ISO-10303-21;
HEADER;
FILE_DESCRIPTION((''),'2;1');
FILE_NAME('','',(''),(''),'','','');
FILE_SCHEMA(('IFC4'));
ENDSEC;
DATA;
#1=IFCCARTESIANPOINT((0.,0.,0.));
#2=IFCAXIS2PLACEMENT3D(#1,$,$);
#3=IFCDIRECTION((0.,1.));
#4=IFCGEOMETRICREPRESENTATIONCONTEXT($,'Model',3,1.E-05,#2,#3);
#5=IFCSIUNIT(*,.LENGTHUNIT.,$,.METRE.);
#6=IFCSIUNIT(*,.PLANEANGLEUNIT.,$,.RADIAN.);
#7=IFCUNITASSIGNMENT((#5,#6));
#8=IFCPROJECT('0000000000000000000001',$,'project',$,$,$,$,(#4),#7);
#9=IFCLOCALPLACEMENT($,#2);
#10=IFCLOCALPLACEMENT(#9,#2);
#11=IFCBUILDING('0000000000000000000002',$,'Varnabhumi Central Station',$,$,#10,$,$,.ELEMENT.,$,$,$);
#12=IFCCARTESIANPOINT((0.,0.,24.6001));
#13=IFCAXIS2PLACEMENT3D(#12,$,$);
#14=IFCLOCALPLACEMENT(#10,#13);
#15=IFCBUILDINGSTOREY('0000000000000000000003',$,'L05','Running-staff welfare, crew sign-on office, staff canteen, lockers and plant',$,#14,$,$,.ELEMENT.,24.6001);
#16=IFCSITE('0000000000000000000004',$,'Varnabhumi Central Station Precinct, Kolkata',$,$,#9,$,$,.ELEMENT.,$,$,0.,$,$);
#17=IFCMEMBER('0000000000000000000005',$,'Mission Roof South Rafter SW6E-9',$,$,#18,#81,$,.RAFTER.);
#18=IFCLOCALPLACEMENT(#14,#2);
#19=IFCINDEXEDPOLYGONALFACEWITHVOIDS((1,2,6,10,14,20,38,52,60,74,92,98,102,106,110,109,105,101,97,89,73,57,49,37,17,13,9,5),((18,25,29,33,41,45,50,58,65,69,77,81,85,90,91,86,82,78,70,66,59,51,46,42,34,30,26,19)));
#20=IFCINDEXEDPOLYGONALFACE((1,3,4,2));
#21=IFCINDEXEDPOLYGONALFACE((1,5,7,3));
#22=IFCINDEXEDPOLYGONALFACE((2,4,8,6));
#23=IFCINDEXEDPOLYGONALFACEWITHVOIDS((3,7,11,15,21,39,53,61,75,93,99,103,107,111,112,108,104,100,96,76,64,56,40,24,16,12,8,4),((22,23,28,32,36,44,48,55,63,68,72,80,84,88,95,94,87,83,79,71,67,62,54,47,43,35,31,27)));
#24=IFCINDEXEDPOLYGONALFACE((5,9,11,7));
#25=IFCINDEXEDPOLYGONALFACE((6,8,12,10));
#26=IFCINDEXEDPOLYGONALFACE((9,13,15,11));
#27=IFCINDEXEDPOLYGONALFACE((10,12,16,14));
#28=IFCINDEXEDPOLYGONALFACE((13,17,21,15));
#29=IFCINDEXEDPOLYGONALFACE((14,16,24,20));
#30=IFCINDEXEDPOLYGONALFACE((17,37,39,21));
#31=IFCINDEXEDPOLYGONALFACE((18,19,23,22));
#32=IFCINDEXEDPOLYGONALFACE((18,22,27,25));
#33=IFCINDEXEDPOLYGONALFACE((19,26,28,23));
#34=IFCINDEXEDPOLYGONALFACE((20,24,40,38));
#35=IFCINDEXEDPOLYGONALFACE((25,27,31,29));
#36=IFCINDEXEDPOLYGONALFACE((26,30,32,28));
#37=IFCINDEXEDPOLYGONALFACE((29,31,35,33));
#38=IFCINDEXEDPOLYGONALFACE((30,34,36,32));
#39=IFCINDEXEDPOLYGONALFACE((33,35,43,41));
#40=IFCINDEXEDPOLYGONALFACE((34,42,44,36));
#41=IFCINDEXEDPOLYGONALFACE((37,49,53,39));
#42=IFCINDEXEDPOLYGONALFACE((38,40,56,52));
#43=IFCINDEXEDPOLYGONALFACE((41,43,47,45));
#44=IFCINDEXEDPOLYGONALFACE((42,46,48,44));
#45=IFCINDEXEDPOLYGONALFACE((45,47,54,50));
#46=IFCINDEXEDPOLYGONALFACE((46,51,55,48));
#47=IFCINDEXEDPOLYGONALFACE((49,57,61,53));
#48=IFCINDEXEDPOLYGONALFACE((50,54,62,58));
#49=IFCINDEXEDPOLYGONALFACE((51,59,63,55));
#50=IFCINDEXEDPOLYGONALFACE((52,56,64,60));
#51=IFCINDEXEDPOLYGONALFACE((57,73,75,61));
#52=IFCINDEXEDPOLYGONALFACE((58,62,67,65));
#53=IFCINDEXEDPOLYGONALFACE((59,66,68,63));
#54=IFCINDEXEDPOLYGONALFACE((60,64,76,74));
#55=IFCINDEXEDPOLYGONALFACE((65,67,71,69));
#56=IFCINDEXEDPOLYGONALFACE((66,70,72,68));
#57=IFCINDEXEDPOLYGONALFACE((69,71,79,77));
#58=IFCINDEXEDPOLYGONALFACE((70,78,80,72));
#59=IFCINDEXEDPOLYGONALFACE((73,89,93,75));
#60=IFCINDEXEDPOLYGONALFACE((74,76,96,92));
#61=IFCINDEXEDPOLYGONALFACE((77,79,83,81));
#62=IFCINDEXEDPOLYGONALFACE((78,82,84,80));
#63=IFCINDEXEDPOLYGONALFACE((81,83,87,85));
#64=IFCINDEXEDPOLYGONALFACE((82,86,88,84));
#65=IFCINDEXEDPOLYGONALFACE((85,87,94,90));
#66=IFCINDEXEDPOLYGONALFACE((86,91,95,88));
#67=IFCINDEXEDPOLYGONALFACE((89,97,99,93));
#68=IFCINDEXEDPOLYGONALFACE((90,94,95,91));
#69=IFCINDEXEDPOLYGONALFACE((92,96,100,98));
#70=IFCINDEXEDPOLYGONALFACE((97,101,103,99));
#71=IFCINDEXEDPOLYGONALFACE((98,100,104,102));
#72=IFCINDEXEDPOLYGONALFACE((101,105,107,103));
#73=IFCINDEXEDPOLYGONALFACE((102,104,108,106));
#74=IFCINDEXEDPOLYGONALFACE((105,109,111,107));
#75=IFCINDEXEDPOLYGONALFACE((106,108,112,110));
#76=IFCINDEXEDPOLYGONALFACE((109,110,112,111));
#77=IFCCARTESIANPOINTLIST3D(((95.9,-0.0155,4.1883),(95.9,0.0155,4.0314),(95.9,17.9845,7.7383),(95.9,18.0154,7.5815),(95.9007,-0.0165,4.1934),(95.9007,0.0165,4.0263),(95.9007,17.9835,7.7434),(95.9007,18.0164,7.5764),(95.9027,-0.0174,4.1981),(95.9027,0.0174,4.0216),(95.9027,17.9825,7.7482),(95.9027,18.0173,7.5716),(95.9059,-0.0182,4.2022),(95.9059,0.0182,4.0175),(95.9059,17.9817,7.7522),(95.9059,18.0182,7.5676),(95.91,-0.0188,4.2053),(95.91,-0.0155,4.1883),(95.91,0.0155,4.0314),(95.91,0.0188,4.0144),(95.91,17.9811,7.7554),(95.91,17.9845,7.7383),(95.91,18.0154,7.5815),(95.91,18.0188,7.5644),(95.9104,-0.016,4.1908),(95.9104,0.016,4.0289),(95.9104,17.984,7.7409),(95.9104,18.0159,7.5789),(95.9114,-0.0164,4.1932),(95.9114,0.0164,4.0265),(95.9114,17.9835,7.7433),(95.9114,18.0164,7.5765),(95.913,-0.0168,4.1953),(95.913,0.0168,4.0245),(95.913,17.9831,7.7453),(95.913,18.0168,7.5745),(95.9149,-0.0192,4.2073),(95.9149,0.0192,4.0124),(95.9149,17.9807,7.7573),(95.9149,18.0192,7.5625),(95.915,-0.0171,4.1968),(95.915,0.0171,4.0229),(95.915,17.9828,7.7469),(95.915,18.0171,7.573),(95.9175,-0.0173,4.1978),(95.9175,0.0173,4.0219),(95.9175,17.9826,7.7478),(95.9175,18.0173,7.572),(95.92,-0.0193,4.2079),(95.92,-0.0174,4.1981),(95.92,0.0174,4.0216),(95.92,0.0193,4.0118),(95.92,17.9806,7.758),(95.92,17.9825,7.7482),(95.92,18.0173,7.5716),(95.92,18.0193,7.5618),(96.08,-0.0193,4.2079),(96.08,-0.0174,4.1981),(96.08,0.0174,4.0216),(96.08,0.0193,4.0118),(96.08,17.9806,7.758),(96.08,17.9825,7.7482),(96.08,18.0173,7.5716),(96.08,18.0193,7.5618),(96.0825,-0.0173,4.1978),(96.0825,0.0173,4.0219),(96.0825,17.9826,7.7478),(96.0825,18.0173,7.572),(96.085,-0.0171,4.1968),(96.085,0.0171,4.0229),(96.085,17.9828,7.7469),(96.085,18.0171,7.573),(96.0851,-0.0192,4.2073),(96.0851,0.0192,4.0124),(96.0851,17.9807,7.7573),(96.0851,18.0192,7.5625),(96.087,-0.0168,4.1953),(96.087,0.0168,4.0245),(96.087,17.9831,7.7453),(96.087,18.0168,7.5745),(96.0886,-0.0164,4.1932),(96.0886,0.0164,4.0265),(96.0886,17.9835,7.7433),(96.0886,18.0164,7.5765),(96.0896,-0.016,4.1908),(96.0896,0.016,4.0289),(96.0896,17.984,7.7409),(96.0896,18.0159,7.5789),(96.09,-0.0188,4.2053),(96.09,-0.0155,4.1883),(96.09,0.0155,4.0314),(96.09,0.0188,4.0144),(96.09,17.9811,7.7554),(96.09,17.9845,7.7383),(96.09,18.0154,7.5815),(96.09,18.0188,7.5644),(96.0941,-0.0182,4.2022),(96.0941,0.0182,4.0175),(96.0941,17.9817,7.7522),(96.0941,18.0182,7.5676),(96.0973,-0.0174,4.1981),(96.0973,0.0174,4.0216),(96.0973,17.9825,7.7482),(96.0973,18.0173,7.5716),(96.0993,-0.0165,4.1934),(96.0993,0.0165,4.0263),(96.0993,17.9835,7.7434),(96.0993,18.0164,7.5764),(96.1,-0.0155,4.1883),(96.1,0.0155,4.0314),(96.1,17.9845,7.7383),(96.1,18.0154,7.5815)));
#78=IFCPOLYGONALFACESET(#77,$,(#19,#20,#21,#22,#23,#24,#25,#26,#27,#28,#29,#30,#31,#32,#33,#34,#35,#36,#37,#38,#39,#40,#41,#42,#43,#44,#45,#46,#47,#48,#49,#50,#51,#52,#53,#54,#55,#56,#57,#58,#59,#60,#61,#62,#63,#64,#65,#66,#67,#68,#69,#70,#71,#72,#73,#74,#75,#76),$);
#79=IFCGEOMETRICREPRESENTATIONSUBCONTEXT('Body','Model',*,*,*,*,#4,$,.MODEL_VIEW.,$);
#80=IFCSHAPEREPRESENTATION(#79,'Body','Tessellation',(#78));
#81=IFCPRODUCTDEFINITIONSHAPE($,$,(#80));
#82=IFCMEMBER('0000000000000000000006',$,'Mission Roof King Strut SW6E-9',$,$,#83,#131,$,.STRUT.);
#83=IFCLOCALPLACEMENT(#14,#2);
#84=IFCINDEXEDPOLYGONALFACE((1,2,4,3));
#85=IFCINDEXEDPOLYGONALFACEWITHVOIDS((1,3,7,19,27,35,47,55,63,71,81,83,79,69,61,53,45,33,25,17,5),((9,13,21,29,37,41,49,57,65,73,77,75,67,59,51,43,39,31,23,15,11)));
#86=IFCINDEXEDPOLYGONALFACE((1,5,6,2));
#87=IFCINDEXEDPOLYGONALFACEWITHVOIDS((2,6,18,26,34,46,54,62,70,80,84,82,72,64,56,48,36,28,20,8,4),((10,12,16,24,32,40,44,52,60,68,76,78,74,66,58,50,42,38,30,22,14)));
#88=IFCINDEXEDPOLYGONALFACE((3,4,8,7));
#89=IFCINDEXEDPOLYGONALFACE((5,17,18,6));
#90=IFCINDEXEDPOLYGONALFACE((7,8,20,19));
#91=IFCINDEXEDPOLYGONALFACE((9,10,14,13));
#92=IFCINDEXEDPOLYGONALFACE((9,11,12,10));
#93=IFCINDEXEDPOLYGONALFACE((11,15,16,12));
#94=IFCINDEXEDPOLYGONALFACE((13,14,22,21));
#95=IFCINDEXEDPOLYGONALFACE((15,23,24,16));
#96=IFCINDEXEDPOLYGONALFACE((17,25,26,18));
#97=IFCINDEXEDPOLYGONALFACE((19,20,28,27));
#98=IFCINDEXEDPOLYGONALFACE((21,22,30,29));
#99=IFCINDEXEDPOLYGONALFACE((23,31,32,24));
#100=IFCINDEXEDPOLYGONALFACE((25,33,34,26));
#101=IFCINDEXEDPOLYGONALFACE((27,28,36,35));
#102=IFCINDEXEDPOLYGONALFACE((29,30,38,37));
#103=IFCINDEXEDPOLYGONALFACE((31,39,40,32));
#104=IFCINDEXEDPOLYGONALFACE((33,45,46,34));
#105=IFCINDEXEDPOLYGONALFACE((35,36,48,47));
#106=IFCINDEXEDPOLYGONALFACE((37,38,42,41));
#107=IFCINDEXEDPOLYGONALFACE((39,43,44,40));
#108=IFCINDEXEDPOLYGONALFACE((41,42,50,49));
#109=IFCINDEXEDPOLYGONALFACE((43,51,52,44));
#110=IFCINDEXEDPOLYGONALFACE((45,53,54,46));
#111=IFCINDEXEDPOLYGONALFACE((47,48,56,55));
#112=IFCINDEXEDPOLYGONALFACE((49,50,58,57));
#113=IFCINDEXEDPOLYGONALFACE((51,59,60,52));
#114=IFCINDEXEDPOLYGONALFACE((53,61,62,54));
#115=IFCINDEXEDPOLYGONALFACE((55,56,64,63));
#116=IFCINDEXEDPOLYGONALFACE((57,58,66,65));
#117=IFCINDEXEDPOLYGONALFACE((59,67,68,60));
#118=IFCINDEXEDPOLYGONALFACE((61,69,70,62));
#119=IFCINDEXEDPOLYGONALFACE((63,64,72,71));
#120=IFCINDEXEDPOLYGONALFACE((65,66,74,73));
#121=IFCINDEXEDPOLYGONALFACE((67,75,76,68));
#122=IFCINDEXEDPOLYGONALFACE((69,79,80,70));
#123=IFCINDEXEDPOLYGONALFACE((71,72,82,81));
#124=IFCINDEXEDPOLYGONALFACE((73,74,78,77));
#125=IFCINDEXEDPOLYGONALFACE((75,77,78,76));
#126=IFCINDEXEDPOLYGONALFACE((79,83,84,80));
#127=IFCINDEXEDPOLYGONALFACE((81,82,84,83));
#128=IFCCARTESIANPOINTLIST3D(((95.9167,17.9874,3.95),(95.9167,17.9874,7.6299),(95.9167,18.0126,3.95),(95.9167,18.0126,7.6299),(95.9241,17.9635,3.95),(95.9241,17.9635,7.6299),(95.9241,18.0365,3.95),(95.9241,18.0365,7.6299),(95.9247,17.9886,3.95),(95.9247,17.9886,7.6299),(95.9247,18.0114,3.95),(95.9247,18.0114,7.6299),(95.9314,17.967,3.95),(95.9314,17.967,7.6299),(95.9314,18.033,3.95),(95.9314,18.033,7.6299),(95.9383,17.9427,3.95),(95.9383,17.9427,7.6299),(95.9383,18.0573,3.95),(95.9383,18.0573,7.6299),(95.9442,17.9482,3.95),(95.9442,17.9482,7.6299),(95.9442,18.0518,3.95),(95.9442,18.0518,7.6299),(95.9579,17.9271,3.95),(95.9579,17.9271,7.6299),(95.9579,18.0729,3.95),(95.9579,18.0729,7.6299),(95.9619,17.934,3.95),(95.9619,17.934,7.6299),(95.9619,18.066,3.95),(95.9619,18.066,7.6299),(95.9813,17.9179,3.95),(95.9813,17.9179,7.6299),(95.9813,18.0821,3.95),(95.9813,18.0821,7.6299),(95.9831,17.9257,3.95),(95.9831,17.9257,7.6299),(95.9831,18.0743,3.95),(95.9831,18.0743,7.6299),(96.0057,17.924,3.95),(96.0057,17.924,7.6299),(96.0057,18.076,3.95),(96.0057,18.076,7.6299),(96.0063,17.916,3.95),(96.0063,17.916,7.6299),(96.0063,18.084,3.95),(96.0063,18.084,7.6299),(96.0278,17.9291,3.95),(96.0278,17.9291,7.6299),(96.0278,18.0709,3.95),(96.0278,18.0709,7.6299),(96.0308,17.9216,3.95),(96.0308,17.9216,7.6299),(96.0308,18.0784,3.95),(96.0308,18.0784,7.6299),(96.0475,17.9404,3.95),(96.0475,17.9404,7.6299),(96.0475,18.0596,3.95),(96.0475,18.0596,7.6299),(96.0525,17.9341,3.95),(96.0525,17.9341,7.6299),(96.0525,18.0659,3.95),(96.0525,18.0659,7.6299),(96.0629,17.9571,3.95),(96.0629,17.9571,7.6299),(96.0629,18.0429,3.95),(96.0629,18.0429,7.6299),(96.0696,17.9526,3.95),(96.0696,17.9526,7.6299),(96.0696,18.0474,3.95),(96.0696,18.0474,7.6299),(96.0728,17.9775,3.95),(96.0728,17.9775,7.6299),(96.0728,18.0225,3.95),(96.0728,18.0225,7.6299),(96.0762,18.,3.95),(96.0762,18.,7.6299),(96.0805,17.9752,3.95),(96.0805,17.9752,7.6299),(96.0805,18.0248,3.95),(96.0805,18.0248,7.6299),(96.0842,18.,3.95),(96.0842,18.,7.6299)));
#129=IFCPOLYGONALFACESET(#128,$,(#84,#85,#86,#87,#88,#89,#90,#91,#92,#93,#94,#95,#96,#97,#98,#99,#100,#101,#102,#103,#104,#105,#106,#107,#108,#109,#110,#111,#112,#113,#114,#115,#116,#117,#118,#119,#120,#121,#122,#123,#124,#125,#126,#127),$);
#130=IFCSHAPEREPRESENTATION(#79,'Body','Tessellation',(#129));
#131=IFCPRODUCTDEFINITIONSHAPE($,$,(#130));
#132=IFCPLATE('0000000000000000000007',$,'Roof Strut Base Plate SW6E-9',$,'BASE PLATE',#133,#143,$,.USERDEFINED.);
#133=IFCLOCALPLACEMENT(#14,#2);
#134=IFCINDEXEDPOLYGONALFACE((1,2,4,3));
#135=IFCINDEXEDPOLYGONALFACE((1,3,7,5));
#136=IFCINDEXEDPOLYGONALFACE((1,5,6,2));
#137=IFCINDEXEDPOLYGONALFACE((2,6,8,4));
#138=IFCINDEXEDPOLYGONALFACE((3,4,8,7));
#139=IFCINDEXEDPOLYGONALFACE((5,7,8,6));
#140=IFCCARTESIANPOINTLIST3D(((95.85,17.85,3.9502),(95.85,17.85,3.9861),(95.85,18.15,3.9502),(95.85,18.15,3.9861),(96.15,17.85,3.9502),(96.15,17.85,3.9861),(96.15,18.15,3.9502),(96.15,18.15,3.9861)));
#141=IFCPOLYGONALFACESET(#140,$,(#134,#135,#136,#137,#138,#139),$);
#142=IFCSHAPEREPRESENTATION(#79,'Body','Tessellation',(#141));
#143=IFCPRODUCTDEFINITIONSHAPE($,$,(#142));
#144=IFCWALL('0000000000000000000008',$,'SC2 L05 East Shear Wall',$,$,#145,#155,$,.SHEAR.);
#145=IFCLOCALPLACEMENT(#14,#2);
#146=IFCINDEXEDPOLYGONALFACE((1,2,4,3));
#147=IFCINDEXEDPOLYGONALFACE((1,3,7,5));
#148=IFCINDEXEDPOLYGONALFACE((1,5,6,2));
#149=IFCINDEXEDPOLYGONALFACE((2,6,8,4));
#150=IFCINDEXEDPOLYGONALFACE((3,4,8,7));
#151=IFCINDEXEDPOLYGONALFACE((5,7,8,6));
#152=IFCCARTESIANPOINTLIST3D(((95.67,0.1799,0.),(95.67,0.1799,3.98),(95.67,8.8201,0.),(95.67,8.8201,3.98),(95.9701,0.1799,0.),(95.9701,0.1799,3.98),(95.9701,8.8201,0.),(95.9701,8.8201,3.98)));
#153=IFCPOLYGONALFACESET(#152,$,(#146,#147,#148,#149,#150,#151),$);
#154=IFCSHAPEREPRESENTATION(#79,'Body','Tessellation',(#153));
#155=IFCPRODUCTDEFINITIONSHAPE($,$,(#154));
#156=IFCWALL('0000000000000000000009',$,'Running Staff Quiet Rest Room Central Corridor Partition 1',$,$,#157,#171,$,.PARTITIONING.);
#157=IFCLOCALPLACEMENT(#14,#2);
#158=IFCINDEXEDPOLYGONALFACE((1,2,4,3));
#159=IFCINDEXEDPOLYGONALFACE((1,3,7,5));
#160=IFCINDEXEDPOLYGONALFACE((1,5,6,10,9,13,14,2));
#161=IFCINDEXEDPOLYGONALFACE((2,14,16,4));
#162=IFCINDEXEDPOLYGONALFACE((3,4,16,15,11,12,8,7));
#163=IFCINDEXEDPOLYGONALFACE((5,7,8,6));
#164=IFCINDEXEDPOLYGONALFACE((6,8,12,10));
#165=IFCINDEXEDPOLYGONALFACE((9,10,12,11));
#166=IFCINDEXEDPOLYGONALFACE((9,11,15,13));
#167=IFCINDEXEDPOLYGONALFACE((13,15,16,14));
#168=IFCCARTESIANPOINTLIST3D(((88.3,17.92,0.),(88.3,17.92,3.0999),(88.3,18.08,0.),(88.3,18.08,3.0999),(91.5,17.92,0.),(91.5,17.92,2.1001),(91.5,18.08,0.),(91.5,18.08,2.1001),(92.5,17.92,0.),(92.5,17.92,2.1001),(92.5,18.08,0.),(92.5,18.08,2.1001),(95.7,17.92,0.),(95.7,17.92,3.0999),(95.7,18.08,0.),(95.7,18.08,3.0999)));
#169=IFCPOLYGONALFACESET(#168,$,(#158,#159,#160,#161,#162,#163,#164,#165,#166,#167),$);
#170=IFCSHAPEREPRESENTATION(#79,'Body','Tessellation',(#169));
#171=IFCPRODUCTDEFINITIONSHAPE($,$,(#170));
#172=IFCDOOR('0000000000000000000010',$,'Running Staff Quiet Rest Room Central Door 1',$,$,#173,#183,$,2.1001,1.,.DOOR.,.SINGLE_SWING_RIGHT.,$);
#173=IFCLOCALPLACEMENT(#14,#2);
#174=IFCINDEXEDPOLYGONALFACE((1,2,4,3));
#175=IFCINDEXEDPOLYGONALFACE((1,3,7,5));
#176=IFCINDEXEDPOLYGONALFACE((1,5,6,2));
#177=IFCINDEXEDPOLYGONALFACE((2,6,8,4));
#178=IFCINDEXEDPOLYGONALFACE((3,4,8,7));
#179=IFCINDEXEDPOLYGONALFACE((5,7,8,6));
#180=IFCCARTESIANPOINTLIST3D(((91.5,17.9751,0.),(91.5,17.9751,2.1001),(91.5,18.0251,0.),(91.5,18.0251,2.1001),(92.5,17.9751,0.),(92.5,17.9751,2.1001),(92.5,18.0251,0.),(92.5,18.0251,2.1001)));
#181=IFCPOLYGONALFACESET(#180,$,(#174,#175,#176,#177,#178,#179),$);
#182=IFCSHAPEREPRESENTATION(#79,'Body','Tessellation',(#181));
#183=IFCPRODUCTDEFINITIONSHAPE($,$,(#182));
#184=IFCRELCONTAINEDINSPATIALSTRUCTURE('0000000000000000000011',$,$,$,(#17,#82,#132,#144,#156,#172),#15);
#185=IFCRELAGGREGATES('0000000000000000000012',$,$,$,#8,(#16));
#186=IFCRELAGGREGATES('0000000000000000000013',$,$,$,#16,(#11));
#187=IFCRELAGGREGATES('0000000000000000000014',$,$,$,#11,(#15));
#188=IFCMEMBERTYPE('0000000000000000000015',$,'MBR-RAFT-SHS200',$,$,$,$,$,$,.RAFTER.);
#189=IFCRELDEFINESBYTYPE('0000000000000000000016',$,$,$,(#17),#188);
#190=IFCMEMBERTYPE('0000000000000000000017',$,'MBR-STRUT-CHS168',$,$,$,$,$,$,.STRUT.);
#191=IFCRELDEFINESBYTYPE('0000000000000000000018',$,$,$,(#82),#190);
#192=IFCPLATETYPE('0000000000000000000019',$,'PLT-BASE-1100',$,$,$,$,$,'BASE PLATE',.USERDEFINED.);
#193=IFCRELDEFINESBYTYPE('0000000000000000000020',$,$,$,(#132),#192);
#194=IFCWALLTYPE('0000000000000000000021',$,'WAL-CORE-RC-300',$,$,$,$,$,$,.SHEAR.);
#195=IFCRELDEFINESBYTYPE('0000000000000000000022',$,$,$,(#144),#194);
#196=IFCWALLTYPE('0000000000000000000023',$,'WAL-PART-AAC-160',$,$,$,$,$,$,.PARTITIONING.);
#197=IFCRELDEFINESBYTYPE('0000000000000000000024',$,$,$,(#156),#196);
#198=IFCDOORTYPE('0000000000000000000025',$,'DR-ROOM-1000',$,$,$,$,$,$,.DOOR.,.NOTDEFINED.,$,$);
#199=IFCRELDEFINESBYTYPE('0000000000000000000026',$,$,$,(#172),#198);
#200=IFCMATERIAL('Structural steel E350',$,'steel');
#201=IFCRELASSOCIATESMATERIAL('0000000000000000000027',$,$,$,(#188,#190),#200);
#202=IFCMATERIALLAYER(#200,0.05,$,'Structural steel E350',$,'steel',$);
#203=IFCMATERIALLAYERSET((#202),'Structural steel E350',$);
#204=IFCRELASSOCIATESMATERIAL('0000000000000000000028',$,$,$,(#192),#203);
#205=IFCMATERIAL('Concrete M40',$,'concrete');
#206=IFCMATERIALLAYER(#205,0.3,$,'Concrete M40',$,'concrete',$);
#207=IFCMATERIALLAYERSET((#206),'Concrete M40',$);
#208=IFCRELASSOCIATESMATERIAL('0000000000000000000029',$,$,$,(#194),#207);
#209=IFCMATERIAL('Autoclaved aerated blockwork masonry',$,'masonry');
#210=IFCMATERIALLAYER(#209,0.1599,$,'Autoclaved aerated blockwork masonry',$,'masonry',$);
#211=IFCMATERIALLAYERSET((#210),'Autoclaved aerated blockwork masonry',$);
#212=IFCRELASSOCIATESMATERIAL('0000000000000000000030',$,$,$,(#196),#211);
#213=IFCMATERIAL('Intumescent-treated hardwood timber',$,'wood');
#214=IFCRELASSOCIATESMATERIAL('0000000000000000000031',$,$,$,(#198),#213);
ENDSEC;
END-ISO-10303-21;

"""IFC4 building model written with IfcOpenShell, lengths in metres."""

from ifc_helpers import new_model, si_unit, direction, frame, frame_2d, origin, origin_2d, place, context, subcontext, project, spatial, rectangle, hollow_rectangle, hollow_circle, extrude, material, layer, layer_set, material_profile, profile_set, type_object, element, fill, save


model = new_model("IFC4")

# Units and contexts
model_context = context("Model", 3, precision=1e-05, world=origin(), true_north=direction((0.0, 1.0)))
body_context = subcontext(model_context, "Body", "Model", "MODEL_VIEW")
ifc_project = project(units=[si_unit("LENGTHUNIT", "METRE"), si_unit("PLANEANGLEUNIT", "RADIAN")], contexts=[model_context])

# Site, building, storey
site_placement = place(None, origin())
site = spatial("IfcSite", under=ifc_project, at=site_placement, Name="Varnabhumi Central Station Precinct, Kolkata", CompositionType="ELEMENT", RefElevation=0.0)
building_placement = place(site_placement, origin())
building = spatial("IfcBuilding", under=site, at=building_placement, Name="Varnabhumi Central Station", CompositionType="ELEMENT")
storey_placement = place(building_placement, frame((0.0, 0.0, 24.6001)))
storey = spatial("IfcBuildingStorey", under=building, at=storey_placement, Name="L05", Description="Running-staff welfare, crew sign-on office, staff canteen, lockers and plant", CompositionType="ELEMENT", Elevation=24.6001)

# Shared definitions
ifc_material_1 = material(Name="Concrete M40", Category="concrete")
ifc_material_2 = material(Name="Structural steel E350", Category="steel")

# Members
ifc_material_profile_1 = material_profile(ifc_material_2, hollow_rectangle(XDim=0.2, YDim=0.2, WallThickness=0.01, InnerFilletRadius=0.01, OuterFilletRadius=0.02, at=origin_2d()), Name="Structural steel E350", Category="steel")
ifc_profile_set_1 = profile_set([ifc_material_profile_1], Name="Structural steel E350")
member_type_1 = type_object("IfcMemberType", Name="MBR-RAFT-SHS200", PredefinedType="RAFTER", material=ifc_profile_set_1)
member_1_placement = place(storey_placement, frame((96.0, 0.0, 4.1099), z_axis=(0.0, 0.981101, 0.193498), x_axis=(-1.0, 0.0, 0.0)))
element("IfcMember", 1, at=member_1_placement, inside=storey, type_object=member_type_1, Name="Mission Roof South Rafter SW6E-9", PredefinedType="RAFTER", context=body_context, shape_type="SweptSolid", body=[
    extrude(hollow_rectangle(XDim=0.2, YDim=0.2, WallThickness=0.01, InnerFilletRadius=0.01, OuterFilletRadius=0.02, at=origin_2d()), origin(), (0.0, 0.0, 1.0), 18.3467),
])
ifc_material_profile_2 = material_profile(ifc_material_2, hollow_circle(Radius=0.0842, WallThickness=0.0081, at=origin_2d()), Name="Structural steel E350", Category="steel")
ifc_profile_set_2 = profile_set([ifc_material_profile_2], Name="Structural steel E350")
member_type_2 = type_object("IfcMemberType", Name="MBR-STRUT-CHS168", PredefinedType="STRUT", material=ifc_profile_set_2)
member_2_placement = place(storey_placement, frame((96.0, 18.0, 3.95), z_axis=(0.0, 0.0, 1.0), x_axis=(1.0, 0.0, 0.0)))
element("IfcMember", 2, at=member_2_placement, inside=storey, type_object=member_type_2, Name="Mission Roof King Strut SW6E-9", PredefinedType="STRUT", context=body_context, shape_type="SweptSolid", body=[
    extrude(hollow_circle(Radius=0.0842, WallThickness=0.0081, at=origin_2d()), origin(), (0.0, 0.0, 1.0), 3.6799),
])

# Plate
ifc_layer_1 = layer(ifc_material_2, 0.05, Name="Structural steel E350", Category="steel")
ifc_layer_set_1 = layer_set([ifc_layer_1], Name="Structural steel E350")
plate_type = type_object("IfcPlateType", Name="PLT-BASE-1100", ElementType="BASE PLATE", PredefinedType="USERDEFINED", material=ifc_layer_set_1)
plate_placement = place(storey_placement, frame((96.0, 18.0, 3.9502), z_axis=(0.0, 0.0, 1.0), x_axis=(1.0, 0.0, 0.0)))
element("IfcPlate", 3, at=plate_placement, inside=storey, type_object=plate_type, Name="Roof Strut Base Plate SW6E-9", ObjectType="BASE PLATE", PredefinedType="USERDEFINED", context=body_context, shape_type="SweptSolid", body=[
    extrude(rectangle(XDim=0.3, YDim=0.3, at=origin_2d()), origin(), (0.0, 0.0, 1.0), 0.0359),
])

# Wall
ifc_layer_2 = layer(ifc_material_1, 0.3, Name="Concrete M40", Category="concrete")
ifc_layer_set_2 = layer_set([ifc_layer_2], Name="Concrete M40")
wall_type_1 = type_object("IfcWallType", Name="WAL-CORE-RC-300", PredefinedType="SHEAR", material=ifc_layer_set_2)
wall_1_placement = place(storey_placement, frame((95.8201, 0.1799, 0.0), z_axis=(0.0, 0.0, 1.0), x_axis=(0.0, 1.0, 0.0)))
element("IfcWall", 4, at=wall_1_placement, inside=storey, type_object=wall_type_1, Name="SC2 L05 East Shear Wall", PredefinedType="SHEAR", context=body_context, shape_type="SweptSolid", body=[
    extrude(rectangle(XDim=8.6401, YDim=0.3, at=frame_2d((4.3201, 0.0))), origin(), (0.0, 0.0, 1.0), 3.98),
])

# Wall, opening, door
ifc_material_3 = material(Name="Autoclaved aerated blockwork masonry", Category="masonry")
ifc_layer_3 = layer(ifc_material_3, 0.1599, Name="Autoclaved aerated blockwork masonry", Category="masonry")
ifc_layer_set_3 = layer_set([ifc_layer_3], Name="Autoclaved aerated blockwork masonry")
wall_type_2 = type_object("IfcWallType", Name="WAL-PART-AAC-160", PredefinedType="PARTITIONING", material=ifc_layer_set_3)
wall_2_placement = place(storey_placement, frame((88.3, 18.0, 0.0), z_axis=(0.0, 0.0, 1.0), x_axis=(1.0, 0.0, 0.0)))
wall_2 = element("IfcWall", 5, at=wall_2_placement, inside=storey, type_object=wall_type_2, Name="Running Staff Quiet Rest Room Central Corridor Partition 1", PredefinedType="PARTITIONING", context=body_context, shape_type="SweptSolid", body=[
    extrude(rectangle(XDim=7.3999, YDim=0.1599, at=frame_2d((3.7, 0.0))), origin(), (0.0, 0.0, 1.0), 3.0999),
])
opening_1_placement = place(wall_2_placement, frame((3.2, 0.0, 0.0)))
opening_1 = element("IfcOpeningElement", 6, at=opening_1_placement, cuts=wall_2, PredefinedType="OPENING", context=body_context, shape_type="SweptSolid", body=[
    extrude(rectangle(XDim=1.0, YDim=2.1001, at=frame_2d((0.5, 1.05))), frame((0.0, 0.0898, 0.0), z_axis=(0.0, -1.0, 0.0), x_axis=(1.0, 0.0, 0.0)), (0.0, 0.0, 1.0), 0.1799),
])
ifc_material_4 = material(Name="Intumescent-treated hardwood timber", Category="wood")
door_type_1 = type_object("IfcDoorType", Name="DR-ROOM-1000", OperationType="NOTDEFINED", PredefinedType="DOOR", material=ifc_material_4)
door_1_placement = place(opening_1_placement, frame((1.0, 0.0, 0.0), z_axis=(0.0, 0.0, 1.0), x_axis=(-1.0, 0.0, 0.0)))
door_1 = element("IfcDoor", 7, at=door_1_placement, inside=storey, type_object=door_type_1, Name="Running Staff Quiet Rest Room Central Door 1", OperationType="SINGLE_SWING_RIGHT", OverallHeight=2.1001, OverallWidth=1.0, PredefinedType="DOOR", context=body_context, shape_type="SweptSolid", body=[
    extrude(rectangle(XDim=1.0, YDim=2.1001, at=frame_2d((0.5, 1.05))), frame((0.0, 0.0249, 0.0), z_axis=(0.0, -1.0, 0.0), x_axis=(1.0, 0.0, 0.0)), (0.0, 0.0, 1.0), 0.05),
])
fill(opening_1, door_1)

save(model, "model.ifc")
